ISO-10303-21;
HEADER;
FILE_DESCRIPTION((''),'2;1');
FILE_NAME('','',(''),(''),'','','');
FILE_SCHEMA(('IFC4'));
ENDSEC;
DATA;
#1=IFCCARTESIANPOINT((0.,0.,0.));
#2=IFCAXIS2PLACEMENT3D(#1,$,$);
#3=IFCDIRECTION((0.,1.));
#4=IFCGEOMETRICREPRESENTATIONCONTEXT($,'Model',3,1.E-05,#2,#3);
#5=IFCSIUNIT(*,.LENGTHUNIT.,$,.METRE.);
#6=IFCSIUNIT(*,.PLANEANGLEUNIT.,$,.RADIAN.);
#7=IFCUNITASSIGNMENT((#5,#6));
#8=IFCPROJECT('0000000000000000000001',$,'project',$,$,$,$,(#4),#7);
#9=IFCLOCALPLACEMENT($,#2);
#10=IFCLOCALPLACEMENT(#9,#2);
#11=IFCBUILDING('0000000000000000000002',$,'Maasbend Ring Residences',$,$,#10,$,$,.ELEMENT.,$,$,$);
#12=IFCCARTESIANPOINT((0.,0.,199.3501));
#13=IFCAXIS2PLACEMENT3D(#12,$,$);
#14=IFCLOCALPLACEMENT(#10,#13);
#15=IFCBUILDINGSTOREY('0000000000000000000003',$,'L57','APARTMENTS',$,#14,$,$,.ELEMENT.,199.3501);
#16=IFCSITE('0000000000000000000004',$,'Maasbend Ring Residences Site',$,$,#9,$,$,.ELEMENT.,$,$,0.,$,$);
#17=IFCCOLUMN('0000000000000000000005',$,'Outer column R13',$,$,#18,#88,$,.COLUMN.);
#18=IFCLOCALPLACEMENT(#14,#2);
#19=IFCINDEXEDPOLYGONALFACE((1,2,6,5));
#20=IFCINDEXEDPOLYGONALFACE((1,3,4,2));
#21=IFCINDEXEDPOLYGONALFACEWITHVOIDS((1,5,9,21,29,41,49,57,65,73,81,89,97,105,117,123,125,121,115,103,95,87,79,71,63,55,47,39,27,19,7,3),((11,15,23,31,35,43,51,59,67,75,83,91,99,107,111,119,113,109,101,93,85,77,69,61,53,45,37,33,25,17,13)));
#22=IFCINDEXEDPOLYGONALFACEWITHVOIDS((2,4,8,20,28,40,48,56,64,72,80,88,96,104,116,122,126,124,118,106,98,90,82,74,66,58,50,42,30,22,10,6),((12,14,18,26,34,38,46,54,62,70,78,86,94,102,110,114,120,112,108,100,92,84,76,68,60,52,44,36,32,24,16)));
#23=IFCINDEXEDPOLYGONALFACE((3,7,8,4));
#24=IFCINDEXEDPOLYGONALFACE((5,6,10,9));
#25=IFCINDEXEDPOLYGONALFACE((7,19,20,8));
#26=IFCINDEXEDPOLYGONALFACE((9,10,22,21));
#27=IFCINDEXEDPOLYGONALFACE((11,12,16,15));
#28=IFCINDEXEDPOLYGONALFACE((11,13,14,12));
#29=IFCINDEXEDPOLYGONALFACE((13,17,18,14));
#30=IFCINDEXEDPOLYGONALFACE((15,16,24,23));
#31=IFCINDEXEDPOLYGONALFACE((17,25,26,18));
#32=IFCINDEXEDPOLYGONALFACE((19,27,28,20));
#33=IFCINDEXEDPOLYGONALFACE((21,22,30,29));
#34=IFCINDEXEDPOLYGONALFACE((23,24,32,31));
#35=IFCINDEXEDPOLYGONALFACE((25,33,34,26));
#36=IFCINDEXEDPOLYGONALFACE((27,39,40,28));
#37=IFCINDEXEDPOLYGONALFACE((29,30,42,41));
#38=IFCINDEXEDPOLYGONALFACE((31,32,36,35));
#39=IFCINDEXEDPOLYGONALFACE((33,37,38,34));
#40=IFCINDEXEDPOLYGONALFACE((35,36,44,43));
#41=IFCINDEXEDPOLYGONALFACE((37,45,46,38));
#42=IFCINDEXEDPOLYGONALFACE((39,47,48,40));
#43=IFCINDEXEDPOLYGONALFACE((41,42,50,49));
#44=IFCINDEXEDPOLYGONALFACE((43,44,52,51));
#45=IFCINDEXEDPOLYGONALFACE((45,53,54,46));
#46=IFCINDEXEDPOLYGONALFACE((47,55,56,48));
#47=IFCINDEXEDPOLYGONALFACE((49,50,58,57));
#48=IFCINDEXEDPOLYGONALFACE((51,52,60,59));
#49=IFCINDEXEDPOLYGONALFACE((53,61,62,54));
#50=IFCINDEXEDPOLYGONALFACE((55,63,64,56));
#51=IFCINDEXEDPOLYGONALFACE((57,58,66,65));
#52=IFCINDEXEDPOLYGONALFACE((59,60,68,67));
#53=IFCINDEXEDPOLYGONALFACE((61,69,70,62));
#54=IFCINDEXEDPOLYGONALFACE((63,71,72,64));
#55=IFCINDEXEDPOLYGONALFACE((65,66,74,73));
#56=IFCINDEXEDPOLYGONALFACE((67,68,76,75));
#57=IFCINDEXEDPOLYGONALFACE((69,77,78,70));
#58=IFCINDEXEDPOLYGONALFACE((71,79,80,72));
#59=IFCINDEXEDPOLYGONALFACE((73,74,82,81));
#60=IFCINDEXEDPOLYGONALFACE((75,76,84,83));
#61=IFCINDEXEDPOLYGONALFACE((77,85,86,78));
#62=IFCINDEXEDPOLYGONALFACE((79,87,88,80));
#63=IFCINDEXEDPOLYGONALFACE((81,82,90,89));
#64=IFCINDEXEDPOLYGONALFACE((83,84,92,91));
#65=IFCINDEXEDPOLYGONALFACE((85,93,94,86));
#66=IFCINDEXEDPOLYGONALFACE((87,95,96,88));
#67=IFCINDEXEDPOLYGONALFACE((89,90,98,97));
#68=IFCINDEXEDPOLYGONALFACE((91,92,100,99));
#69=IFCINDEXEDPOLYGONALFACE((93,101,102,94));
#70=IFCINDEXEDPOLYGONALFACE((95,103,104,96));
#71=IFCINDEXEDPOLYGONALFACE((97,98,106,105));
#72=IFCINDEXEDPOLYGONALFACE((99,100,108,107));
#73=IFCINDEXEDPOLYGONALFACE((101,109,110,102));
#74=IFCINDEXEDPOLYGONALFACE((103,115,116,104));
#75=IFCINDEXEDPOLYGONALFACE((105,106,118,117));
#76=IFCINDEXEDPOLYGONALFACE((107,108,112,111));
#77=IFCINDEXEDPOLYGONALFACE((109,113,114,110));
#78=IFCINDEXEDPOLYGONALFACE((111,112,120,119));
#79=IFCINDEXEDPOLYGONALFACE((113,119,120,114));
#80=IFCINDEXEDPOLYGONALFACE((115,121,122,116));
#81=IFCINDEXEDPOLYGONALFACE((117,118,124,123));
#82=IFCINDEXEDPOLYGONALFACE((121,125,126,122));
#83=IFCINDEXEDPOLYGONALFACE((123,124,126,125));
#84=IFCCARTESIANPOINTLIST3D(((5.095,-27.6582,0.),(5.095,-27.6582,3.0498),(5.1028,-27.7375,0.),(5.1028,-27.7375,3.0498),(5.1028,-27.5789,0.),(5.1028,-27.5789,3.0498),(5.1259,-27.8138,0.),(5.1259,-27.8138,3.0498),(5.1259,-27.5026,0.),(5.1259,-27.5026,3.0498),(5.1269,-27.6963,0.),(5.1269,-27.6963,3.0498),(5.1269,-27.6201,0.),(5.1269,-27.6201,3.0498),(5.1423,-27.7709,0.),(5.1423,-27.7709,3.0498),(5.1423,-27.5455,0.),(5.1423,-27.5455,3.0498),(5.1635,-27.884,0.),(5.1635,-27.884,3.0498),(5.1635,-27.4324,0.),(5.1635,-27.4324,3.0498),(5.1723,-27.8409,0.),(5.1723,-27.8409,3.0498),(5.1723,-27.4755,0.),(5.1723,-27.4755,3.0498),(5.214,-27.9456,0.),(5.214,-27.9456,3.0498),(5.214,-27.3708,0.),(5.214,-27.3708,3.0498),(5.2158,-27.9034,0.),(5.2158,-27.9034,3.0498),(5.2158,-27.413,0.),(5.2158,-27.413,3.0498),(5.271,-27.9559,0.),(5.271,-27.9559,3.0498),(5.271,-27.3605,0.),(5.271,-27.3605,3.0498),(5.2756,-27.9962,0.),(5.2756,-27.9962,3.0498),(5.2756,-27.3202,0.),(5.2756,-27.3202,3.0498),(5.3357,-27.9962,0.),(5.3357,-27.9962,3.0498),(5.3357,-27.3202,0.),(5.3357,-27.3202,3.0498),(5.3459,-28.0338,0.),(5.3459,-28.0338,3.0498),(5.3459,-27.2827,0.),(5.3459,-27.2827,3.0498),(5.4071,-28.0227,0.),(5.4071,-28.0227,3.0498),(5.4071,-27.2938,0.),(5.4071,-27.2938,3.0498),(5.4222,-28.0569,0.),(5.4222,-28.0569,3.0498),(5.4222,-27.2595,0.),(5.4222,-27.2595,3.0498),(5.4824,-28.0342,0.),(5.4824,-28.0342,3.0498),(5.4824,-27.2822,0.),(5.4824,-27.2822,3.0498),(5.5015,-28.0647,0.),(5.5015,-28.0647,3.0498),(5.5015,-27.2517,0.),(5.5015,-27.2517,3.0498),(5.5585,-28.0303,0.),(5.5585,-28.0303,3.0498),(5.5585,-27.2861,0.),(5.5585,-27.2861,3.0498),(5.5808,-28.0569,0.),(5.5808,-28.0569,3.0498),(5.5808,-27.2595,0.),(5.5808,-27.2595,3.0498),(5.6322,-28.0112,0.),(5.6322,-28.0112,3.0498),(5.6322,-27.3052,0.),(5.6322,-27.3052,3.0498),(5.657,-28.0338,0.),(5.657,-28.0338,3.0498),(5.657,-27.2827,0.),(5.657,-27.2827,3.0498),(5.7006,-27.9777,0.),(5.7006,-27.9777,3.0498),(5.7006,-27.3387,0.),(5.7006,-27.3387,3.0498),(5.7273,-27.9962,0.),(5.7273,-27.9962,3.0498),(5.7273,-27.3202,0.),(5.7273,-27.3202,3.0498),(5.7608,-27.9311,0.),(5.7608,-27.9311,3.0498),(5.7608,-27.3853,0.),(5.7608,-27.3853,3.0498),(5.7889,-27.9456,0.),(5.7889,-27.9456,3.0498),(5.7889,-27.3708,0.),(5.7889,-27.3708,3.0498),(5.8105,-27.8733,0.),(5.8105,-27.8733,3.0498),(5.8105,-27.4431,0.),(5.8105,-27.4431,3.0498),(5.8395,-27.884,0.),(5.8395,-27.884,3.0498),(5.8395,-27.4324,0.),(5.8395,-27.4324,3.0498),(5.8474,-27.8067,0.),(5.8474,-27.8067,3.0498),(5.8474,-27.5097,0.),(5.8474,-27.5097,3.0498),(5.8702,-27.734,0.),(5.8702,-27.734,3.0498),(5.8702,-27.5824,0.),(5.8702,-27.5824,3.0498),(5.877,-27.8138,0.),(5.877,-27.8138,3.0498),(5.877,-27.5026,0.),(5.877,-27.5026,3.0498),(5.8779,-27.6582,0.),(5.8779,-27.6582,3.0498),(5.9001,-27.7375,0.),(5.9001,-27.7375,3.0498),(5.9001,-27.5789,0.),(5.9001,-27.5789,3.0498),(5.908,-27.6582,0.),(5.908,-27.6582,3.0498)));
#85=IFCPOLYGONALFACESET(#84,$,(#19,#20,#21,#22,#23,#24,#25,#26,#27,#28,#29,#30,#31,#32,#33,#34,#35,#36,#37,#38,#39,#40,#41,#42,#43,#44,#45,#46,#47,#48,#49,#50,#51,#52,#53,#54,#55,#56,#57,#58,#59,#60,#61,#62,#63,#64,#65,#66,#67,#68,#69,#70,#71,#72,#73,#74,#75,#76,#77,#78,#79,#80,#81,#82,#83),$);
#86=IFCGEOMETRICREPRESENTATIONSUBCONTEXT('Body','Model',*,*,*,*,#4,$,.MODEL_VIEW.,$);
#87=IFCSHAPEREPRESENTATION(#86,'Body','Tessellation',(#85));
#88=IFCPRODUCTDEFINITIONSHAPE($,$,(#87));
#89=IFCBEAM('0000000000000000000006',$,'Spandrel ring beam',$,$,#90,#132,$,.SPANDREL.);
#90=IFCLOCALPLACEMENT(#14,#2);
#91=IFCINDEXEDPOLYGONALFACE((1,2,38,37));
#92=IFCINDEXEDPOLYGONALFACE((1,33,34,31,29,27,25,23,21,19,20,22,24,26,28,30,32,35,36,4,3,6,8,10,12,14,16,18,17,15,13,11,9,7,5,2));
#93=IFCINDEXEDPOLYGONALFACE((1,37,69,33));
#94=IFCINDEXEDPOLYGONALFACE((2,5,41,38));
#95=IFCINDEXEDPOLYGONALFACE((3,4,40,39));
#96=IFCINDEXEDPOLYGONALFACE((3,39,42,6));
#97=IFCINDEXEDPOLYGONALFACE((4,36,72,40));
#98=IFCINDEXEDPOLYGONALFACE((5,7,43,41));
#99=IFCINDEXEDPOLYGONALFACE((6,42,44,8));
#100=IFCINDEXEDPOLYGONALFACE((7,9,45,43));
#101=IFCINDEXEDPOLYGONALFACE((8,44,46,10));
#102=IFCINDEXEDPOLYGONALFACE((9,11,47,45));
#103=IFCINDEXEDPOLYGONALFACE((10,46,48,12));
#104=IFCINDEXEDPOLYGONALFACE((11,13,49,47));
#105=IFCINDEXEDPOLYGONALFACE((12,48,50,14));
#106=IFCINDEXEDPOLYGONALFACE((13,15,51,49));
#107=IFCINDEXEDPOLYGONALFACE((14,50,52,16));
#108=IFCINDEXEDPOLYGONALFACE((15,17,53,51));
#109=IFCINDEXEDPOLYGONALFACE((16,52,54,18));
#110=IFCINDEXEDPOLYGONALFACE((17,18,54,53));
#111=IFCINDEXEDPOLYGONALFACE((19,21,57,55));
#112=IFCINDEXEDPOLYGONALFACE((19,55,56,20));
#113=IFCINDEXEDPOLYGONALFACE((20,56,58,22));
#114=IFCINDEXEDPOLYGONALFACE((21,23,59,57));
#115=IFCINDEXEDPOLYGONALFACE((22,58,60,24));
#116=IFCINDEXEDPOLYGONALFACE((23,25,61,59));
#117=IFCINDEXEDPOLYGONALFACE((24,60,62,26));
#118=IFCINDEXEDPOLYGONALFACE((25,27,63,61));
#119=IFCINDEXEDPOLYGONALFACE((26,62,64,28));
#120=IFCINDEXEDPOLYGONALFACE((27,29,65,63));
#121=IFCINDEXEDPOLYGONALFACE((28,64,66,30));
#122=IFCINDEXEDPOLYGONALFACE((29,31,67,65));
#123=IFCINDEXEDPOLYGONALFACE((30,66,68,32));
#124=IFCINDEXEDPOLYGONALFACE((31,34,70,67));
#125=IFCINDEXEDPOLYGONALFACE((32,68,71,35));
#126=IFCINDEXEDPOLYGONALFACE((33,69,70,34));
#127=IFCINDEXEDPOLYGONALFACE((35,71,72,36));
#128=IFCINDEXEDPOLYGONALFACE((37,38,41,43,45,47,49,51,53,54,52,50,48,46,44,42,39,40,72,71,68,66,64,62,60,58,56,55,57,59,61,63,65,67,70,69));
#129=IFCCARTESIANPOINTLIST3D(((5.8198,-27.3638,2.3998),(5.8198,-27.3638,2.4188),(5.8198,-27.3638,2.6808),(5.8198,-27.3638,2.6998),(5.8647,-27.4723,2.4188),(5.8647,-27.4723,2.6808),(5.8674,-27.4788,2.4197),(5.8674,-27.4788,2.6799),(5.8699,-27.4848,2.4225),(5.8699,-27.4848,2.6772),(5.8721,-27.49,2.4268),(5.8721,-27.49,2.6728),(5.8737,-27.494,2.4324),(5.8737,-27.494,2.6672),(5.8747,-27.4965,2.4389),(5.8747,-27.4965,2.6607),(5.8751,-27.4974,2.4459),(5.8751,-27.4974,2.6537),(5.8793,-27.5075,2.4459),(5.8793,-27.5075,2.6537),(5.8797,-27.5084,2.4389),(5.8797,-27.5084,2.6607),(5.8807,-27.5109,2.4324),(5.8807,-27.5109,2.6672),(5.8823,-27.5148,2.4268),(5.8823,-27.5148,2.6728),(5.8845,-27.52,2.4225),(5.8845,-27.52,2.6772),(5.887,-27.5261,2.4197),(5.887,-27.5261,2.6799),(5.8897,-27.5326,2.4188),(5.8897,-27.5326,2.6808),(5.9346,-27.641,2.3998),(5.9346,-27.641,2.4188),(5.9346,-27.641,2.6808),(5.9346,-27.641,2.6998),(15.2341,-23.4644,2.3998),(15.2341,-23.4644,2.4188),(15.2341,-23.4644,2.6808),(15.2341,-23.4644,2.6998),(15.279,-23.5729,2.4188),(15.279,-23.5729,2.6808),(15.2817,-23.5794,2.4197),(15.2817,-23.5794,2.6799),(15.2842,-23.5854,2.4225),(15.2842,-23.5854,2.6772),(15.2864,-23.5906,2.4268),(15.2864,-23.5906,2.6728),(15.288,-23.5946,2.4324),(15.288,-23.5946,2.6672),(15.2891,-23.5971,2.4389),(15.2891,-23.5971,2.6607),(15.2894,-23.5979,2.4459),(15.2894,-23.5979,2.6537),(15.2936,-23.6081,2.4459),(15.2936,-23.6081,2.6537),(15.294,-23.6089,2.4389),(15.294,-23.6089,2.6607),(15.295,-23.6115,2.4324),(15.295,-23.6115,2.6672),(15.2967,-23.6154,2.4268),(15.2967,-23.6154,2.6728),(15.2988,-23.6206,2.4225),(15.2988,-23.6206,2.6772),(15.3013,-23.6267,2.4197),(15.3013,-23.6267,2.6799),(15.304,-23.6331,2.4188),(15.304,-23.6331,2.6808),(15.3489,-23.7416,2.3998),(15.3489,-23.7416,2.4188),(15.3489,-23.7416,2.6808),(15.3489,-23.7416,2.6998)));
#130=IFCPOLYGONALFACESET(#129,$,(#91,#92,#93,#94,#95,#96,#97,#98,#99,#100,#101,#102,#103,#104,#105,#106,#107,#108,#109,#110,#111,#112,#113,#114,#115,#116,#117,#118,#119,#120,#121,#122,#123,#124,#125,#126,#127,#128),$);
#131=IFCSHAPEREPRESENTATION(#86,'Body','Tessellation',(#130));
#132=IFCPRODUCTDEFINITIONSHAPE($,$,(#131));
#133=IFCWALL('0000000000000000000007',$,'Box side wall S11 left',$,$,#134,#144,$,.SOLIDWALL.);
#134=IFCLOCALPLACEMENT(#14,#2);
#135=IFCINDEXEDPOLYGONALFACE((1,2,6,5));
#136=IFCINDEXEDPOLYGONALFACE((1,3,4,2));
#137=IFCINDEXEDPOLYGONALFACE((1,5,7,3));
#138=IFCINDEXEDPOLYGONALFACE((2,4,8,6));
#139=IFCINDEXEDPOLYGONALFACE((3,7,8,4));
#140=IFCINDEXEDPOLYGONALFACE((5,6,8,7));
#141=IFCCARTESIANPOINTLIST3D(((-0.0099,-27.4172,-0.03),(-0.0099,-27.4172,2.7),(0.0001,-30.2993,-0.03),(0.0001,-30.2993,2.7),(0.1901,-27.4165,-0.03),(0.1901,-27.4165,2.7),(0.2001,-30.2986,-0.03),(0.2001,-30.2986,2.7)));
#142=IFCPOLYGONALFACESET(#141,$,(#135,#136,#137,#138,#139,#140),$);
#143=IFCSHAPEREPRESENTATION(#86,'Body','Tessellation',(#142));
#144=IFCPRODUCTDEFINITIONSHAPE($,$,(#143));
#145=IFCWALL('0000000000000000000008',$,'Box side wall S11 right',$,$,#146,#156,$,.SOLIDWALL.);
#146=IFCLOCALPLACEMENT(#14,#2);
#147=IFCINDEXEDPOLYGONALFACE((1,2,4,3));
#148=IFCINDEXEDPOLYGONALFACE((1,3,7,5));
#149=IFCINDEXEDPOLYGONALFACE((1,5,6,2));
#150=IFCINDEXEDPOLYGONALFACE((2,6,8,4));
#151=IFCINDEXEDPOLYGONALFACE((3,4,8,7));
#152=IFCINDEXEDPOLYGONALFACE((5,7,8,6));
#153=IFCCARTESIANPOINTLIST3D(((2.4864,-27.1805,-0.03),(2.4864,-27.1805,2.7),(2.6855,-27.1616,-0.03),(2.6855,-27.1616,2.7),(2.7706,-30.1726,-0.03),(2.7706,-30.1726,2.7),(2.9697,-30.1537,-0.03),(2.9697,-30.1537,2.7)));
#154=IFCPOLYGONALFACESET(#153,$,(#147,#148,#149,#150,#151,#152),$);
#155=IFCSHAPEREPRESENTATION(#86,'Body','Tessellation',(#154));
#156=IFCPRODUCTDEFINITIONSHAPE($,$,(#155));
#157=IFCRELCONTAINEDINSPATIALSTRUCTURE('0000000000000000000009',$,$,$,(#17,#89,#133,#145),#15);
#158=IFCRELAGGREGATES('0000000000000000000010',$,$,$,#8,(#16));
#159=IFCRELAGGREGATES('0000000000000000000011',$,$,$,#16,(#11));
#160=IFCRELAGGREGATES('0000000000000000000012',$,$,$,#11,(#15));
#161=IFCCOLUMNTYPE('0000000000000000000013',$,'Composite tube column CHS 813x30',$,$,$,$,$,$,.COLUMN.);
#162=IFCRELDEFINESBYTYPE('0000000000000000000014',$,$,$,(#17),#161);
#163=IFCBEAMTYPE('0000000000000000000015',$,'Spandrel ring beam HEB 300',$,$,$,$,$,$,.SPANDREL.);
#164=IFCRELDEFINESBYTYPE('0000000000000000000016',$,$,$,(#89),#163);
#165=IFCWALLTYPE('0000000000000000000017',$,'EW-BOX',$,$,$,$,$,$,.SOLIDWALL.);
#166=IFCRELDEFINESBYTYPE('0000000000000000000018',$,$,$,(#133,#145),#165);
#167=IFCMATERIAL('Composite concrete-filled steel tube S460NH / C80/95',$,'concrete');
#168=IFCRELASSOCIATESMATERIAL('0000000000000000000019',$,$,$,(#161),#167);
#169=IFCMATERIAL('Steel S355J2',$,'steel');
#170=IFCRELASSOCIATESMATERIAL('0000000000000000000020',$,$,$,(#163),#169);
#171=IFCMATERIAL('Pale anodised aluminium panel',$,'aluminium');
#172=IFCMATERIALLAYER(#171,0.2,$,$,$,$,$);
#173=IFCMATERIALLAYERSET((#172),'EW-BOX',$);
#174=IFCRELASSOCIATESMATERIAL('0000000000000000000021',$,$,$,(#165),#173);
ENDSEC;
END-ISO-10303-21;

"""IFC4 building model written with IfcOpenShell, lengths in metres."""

from ifc_helpers import new_model, si_unit, direction, frame, frame_2d, origin, origin_2d, place, context, subcontext, project, spatial, rectangle, hollow_circle, i_section, extrude, material, layer, layer_set, material_profile, profile_set, type_object, element, save


model = new_model("IFC4")

# Units and contexts
model_context = context("Model", 3, precision=1e-05, world=origin(), true_north=direction((0.0, 1.0)))
body_context = subcontext(model_context, "Body", "Model", "MODEL_VIEW")
ifc_project = project(units=[si_unit("LENGTHUNIT", "METRE"), si_unit("PLANEANGLEUNIT", "RADIAN")], contexts=[model_context])

# Site, building, storey
site_placement = place(None, origin())
site = spatial("IfcSite", under=ifc_project, at=site_placement, Name="Maasbend Ring Residences Site", CompositionType="ELEMENT", RefElevation=0.0)
building_placement = place(site_placement, origin())
building = spatial("IfcBuilding", under=site, at=building_placement, Name="Maasbend Ring Residences", CompositionType="ELEMENT")
storey_placement = place(building_placement, frame((0.0, 0.0, 199.3501)))
storey = spatial("IfcBuildingStorey", under=building, at=storey_placement, Name="L57", Description="APARTMENTS", CompositionType="ELEMENT", Elevation=199.3501)

# Column
ifc_material_1 = material(Name="Composite concrete-filled steel tube S460NH / C80/95", Category="concrete")
ifc_material_profile_1 = material_profile(ifc_material_1, hollow_circle(Radius=0.4065, WallThickness=0.03, at=origin_2d()), Name="Composite tube column CHS 813x30")
ifc_profile_set_1 = profile_set([ifc_material_profile_1], Name="Composite concrete-filled steel tube S460NH / C80/95")
column_type = type_object("IfcColumnType", Name="Composite tube column CHS 813x30", PredefinedType="COLUMN", material=ifc_profile_set_1)
column_placement = place(storey_placement, frame((5.5015, -27.6582, 0.0), z_axis=(0.0, 0.0, 1.0), x_axis=(1.0, 0.0, 0.0)))
element("IfcColumn", 1, at=column_placement, inside=storey, type_object=column_type, Name="Outer column R13", PredefinedType="COLUMN", context=body_context, shape_type="SweptSolid", body=[
    extrude(hollow_circle(Radius=0.4065, WallThickness=0.03, at=origin_2d()), origin(), (0.0, 0.0, 1.0), 3.0498),
])

# Beam
ifc_material_2 = material(Name="Steel S355J2", Category="steel")
ifc_material_profile_2 = material_profile(ifc_material_2, i_section(OverallWidth=0.3, OverallDepth=0.3, WebThickness=0.011, FlangeThickness=0.019, FilletRadius=0.0271, at=origin_2d()), Name="HEB 300")
ifc_profile_set_2 = profile_set([ifc_material_profile_2], Name="Steel S355J2")
beam_type = type_object("IfcBeamType", Name="Spandrel ring beam HEB 300", PredefinedType="SPANDREL", material=ifc_profile_set_2)
beam_placement = place(storey_placement, frame((5.8772, -27.5024, 2.5498), z_axis=(0.923884, 0.382673, 0.0), x_axis=(-0.382673, 0.923884, 0.0)))
element("IfcBeam", 2, at=beam_placement, inside=storey, type_object=beam_type, Name="Spandrel ring beam", PredefinedType="SPANDREL", context=body_context, shape_type="SweptSolid", body=[
    extrude(i_section(OverallWidth=0.3, OverallDepth=0.3, WebThickness=0.011, FlangeThickness=0.019, FilletRadius=0.0271, at=origin_2d()), origin(), (0.0, 0.0, 1.0), 10.1899),
])

# Walls
ifc_material_3 = material(Name="Pale anodised aluminium panel", Category="aluminium")
ifc_layer_1 = layer(ifc_material_3, 0.2)
ifc_layer_set_1 = layer_set([ifc_layer_1], Name="EW-BOX")
wall_type_1 = type_object("IfcWallType", Name="EW-BOX", PredefinedType="SOLIDWALL", material=ifc_layer_set_1)
wall_1_placement = place(storey_placement, frame((0.0901, -27.417, -0.03), z_axis=(0.0, 0.0, 1.0), x_axis=(0.003473, -0.999994, 0.0)))
element("IfcWall", 3, at=wall_1_placement, inside=storey, type_object=wall_type_1, Name="Box side wall S11 left", PredefinedType="SOLIDWALL", context=body_context, shape_type="SweptSolid", body=[
    extrude(rectangle(XDim=2.8821, YDim=0.2, at=frame_2d((1.4409, 0.0))), origin(), (0.0, 0.0, 1.0), 2.73),
])
wall_2_placement = place(storey_placement, frame((2.5859, -27.1709, -0.03), z_axis=(0.0, 0.0, 1.0), x_axis=(0.094548, -0.99552, 0.0)))
element("IfcWall", 4, at=wall_2_placement, inside=storey, type_object=wall_type_1, Name="Box side wall S11 right", PredefinedType="SOLIDWALL", context=body_context, shape_type="SweptSolid", body=[
    extrude(rectangle(XDim=3.0056, YDim=0.2, at=frame_2d((1.5029, 0.0))), origin(), (0.0, 0.0, 1.0), 2.73),
])

save(model, "model.ifc")
